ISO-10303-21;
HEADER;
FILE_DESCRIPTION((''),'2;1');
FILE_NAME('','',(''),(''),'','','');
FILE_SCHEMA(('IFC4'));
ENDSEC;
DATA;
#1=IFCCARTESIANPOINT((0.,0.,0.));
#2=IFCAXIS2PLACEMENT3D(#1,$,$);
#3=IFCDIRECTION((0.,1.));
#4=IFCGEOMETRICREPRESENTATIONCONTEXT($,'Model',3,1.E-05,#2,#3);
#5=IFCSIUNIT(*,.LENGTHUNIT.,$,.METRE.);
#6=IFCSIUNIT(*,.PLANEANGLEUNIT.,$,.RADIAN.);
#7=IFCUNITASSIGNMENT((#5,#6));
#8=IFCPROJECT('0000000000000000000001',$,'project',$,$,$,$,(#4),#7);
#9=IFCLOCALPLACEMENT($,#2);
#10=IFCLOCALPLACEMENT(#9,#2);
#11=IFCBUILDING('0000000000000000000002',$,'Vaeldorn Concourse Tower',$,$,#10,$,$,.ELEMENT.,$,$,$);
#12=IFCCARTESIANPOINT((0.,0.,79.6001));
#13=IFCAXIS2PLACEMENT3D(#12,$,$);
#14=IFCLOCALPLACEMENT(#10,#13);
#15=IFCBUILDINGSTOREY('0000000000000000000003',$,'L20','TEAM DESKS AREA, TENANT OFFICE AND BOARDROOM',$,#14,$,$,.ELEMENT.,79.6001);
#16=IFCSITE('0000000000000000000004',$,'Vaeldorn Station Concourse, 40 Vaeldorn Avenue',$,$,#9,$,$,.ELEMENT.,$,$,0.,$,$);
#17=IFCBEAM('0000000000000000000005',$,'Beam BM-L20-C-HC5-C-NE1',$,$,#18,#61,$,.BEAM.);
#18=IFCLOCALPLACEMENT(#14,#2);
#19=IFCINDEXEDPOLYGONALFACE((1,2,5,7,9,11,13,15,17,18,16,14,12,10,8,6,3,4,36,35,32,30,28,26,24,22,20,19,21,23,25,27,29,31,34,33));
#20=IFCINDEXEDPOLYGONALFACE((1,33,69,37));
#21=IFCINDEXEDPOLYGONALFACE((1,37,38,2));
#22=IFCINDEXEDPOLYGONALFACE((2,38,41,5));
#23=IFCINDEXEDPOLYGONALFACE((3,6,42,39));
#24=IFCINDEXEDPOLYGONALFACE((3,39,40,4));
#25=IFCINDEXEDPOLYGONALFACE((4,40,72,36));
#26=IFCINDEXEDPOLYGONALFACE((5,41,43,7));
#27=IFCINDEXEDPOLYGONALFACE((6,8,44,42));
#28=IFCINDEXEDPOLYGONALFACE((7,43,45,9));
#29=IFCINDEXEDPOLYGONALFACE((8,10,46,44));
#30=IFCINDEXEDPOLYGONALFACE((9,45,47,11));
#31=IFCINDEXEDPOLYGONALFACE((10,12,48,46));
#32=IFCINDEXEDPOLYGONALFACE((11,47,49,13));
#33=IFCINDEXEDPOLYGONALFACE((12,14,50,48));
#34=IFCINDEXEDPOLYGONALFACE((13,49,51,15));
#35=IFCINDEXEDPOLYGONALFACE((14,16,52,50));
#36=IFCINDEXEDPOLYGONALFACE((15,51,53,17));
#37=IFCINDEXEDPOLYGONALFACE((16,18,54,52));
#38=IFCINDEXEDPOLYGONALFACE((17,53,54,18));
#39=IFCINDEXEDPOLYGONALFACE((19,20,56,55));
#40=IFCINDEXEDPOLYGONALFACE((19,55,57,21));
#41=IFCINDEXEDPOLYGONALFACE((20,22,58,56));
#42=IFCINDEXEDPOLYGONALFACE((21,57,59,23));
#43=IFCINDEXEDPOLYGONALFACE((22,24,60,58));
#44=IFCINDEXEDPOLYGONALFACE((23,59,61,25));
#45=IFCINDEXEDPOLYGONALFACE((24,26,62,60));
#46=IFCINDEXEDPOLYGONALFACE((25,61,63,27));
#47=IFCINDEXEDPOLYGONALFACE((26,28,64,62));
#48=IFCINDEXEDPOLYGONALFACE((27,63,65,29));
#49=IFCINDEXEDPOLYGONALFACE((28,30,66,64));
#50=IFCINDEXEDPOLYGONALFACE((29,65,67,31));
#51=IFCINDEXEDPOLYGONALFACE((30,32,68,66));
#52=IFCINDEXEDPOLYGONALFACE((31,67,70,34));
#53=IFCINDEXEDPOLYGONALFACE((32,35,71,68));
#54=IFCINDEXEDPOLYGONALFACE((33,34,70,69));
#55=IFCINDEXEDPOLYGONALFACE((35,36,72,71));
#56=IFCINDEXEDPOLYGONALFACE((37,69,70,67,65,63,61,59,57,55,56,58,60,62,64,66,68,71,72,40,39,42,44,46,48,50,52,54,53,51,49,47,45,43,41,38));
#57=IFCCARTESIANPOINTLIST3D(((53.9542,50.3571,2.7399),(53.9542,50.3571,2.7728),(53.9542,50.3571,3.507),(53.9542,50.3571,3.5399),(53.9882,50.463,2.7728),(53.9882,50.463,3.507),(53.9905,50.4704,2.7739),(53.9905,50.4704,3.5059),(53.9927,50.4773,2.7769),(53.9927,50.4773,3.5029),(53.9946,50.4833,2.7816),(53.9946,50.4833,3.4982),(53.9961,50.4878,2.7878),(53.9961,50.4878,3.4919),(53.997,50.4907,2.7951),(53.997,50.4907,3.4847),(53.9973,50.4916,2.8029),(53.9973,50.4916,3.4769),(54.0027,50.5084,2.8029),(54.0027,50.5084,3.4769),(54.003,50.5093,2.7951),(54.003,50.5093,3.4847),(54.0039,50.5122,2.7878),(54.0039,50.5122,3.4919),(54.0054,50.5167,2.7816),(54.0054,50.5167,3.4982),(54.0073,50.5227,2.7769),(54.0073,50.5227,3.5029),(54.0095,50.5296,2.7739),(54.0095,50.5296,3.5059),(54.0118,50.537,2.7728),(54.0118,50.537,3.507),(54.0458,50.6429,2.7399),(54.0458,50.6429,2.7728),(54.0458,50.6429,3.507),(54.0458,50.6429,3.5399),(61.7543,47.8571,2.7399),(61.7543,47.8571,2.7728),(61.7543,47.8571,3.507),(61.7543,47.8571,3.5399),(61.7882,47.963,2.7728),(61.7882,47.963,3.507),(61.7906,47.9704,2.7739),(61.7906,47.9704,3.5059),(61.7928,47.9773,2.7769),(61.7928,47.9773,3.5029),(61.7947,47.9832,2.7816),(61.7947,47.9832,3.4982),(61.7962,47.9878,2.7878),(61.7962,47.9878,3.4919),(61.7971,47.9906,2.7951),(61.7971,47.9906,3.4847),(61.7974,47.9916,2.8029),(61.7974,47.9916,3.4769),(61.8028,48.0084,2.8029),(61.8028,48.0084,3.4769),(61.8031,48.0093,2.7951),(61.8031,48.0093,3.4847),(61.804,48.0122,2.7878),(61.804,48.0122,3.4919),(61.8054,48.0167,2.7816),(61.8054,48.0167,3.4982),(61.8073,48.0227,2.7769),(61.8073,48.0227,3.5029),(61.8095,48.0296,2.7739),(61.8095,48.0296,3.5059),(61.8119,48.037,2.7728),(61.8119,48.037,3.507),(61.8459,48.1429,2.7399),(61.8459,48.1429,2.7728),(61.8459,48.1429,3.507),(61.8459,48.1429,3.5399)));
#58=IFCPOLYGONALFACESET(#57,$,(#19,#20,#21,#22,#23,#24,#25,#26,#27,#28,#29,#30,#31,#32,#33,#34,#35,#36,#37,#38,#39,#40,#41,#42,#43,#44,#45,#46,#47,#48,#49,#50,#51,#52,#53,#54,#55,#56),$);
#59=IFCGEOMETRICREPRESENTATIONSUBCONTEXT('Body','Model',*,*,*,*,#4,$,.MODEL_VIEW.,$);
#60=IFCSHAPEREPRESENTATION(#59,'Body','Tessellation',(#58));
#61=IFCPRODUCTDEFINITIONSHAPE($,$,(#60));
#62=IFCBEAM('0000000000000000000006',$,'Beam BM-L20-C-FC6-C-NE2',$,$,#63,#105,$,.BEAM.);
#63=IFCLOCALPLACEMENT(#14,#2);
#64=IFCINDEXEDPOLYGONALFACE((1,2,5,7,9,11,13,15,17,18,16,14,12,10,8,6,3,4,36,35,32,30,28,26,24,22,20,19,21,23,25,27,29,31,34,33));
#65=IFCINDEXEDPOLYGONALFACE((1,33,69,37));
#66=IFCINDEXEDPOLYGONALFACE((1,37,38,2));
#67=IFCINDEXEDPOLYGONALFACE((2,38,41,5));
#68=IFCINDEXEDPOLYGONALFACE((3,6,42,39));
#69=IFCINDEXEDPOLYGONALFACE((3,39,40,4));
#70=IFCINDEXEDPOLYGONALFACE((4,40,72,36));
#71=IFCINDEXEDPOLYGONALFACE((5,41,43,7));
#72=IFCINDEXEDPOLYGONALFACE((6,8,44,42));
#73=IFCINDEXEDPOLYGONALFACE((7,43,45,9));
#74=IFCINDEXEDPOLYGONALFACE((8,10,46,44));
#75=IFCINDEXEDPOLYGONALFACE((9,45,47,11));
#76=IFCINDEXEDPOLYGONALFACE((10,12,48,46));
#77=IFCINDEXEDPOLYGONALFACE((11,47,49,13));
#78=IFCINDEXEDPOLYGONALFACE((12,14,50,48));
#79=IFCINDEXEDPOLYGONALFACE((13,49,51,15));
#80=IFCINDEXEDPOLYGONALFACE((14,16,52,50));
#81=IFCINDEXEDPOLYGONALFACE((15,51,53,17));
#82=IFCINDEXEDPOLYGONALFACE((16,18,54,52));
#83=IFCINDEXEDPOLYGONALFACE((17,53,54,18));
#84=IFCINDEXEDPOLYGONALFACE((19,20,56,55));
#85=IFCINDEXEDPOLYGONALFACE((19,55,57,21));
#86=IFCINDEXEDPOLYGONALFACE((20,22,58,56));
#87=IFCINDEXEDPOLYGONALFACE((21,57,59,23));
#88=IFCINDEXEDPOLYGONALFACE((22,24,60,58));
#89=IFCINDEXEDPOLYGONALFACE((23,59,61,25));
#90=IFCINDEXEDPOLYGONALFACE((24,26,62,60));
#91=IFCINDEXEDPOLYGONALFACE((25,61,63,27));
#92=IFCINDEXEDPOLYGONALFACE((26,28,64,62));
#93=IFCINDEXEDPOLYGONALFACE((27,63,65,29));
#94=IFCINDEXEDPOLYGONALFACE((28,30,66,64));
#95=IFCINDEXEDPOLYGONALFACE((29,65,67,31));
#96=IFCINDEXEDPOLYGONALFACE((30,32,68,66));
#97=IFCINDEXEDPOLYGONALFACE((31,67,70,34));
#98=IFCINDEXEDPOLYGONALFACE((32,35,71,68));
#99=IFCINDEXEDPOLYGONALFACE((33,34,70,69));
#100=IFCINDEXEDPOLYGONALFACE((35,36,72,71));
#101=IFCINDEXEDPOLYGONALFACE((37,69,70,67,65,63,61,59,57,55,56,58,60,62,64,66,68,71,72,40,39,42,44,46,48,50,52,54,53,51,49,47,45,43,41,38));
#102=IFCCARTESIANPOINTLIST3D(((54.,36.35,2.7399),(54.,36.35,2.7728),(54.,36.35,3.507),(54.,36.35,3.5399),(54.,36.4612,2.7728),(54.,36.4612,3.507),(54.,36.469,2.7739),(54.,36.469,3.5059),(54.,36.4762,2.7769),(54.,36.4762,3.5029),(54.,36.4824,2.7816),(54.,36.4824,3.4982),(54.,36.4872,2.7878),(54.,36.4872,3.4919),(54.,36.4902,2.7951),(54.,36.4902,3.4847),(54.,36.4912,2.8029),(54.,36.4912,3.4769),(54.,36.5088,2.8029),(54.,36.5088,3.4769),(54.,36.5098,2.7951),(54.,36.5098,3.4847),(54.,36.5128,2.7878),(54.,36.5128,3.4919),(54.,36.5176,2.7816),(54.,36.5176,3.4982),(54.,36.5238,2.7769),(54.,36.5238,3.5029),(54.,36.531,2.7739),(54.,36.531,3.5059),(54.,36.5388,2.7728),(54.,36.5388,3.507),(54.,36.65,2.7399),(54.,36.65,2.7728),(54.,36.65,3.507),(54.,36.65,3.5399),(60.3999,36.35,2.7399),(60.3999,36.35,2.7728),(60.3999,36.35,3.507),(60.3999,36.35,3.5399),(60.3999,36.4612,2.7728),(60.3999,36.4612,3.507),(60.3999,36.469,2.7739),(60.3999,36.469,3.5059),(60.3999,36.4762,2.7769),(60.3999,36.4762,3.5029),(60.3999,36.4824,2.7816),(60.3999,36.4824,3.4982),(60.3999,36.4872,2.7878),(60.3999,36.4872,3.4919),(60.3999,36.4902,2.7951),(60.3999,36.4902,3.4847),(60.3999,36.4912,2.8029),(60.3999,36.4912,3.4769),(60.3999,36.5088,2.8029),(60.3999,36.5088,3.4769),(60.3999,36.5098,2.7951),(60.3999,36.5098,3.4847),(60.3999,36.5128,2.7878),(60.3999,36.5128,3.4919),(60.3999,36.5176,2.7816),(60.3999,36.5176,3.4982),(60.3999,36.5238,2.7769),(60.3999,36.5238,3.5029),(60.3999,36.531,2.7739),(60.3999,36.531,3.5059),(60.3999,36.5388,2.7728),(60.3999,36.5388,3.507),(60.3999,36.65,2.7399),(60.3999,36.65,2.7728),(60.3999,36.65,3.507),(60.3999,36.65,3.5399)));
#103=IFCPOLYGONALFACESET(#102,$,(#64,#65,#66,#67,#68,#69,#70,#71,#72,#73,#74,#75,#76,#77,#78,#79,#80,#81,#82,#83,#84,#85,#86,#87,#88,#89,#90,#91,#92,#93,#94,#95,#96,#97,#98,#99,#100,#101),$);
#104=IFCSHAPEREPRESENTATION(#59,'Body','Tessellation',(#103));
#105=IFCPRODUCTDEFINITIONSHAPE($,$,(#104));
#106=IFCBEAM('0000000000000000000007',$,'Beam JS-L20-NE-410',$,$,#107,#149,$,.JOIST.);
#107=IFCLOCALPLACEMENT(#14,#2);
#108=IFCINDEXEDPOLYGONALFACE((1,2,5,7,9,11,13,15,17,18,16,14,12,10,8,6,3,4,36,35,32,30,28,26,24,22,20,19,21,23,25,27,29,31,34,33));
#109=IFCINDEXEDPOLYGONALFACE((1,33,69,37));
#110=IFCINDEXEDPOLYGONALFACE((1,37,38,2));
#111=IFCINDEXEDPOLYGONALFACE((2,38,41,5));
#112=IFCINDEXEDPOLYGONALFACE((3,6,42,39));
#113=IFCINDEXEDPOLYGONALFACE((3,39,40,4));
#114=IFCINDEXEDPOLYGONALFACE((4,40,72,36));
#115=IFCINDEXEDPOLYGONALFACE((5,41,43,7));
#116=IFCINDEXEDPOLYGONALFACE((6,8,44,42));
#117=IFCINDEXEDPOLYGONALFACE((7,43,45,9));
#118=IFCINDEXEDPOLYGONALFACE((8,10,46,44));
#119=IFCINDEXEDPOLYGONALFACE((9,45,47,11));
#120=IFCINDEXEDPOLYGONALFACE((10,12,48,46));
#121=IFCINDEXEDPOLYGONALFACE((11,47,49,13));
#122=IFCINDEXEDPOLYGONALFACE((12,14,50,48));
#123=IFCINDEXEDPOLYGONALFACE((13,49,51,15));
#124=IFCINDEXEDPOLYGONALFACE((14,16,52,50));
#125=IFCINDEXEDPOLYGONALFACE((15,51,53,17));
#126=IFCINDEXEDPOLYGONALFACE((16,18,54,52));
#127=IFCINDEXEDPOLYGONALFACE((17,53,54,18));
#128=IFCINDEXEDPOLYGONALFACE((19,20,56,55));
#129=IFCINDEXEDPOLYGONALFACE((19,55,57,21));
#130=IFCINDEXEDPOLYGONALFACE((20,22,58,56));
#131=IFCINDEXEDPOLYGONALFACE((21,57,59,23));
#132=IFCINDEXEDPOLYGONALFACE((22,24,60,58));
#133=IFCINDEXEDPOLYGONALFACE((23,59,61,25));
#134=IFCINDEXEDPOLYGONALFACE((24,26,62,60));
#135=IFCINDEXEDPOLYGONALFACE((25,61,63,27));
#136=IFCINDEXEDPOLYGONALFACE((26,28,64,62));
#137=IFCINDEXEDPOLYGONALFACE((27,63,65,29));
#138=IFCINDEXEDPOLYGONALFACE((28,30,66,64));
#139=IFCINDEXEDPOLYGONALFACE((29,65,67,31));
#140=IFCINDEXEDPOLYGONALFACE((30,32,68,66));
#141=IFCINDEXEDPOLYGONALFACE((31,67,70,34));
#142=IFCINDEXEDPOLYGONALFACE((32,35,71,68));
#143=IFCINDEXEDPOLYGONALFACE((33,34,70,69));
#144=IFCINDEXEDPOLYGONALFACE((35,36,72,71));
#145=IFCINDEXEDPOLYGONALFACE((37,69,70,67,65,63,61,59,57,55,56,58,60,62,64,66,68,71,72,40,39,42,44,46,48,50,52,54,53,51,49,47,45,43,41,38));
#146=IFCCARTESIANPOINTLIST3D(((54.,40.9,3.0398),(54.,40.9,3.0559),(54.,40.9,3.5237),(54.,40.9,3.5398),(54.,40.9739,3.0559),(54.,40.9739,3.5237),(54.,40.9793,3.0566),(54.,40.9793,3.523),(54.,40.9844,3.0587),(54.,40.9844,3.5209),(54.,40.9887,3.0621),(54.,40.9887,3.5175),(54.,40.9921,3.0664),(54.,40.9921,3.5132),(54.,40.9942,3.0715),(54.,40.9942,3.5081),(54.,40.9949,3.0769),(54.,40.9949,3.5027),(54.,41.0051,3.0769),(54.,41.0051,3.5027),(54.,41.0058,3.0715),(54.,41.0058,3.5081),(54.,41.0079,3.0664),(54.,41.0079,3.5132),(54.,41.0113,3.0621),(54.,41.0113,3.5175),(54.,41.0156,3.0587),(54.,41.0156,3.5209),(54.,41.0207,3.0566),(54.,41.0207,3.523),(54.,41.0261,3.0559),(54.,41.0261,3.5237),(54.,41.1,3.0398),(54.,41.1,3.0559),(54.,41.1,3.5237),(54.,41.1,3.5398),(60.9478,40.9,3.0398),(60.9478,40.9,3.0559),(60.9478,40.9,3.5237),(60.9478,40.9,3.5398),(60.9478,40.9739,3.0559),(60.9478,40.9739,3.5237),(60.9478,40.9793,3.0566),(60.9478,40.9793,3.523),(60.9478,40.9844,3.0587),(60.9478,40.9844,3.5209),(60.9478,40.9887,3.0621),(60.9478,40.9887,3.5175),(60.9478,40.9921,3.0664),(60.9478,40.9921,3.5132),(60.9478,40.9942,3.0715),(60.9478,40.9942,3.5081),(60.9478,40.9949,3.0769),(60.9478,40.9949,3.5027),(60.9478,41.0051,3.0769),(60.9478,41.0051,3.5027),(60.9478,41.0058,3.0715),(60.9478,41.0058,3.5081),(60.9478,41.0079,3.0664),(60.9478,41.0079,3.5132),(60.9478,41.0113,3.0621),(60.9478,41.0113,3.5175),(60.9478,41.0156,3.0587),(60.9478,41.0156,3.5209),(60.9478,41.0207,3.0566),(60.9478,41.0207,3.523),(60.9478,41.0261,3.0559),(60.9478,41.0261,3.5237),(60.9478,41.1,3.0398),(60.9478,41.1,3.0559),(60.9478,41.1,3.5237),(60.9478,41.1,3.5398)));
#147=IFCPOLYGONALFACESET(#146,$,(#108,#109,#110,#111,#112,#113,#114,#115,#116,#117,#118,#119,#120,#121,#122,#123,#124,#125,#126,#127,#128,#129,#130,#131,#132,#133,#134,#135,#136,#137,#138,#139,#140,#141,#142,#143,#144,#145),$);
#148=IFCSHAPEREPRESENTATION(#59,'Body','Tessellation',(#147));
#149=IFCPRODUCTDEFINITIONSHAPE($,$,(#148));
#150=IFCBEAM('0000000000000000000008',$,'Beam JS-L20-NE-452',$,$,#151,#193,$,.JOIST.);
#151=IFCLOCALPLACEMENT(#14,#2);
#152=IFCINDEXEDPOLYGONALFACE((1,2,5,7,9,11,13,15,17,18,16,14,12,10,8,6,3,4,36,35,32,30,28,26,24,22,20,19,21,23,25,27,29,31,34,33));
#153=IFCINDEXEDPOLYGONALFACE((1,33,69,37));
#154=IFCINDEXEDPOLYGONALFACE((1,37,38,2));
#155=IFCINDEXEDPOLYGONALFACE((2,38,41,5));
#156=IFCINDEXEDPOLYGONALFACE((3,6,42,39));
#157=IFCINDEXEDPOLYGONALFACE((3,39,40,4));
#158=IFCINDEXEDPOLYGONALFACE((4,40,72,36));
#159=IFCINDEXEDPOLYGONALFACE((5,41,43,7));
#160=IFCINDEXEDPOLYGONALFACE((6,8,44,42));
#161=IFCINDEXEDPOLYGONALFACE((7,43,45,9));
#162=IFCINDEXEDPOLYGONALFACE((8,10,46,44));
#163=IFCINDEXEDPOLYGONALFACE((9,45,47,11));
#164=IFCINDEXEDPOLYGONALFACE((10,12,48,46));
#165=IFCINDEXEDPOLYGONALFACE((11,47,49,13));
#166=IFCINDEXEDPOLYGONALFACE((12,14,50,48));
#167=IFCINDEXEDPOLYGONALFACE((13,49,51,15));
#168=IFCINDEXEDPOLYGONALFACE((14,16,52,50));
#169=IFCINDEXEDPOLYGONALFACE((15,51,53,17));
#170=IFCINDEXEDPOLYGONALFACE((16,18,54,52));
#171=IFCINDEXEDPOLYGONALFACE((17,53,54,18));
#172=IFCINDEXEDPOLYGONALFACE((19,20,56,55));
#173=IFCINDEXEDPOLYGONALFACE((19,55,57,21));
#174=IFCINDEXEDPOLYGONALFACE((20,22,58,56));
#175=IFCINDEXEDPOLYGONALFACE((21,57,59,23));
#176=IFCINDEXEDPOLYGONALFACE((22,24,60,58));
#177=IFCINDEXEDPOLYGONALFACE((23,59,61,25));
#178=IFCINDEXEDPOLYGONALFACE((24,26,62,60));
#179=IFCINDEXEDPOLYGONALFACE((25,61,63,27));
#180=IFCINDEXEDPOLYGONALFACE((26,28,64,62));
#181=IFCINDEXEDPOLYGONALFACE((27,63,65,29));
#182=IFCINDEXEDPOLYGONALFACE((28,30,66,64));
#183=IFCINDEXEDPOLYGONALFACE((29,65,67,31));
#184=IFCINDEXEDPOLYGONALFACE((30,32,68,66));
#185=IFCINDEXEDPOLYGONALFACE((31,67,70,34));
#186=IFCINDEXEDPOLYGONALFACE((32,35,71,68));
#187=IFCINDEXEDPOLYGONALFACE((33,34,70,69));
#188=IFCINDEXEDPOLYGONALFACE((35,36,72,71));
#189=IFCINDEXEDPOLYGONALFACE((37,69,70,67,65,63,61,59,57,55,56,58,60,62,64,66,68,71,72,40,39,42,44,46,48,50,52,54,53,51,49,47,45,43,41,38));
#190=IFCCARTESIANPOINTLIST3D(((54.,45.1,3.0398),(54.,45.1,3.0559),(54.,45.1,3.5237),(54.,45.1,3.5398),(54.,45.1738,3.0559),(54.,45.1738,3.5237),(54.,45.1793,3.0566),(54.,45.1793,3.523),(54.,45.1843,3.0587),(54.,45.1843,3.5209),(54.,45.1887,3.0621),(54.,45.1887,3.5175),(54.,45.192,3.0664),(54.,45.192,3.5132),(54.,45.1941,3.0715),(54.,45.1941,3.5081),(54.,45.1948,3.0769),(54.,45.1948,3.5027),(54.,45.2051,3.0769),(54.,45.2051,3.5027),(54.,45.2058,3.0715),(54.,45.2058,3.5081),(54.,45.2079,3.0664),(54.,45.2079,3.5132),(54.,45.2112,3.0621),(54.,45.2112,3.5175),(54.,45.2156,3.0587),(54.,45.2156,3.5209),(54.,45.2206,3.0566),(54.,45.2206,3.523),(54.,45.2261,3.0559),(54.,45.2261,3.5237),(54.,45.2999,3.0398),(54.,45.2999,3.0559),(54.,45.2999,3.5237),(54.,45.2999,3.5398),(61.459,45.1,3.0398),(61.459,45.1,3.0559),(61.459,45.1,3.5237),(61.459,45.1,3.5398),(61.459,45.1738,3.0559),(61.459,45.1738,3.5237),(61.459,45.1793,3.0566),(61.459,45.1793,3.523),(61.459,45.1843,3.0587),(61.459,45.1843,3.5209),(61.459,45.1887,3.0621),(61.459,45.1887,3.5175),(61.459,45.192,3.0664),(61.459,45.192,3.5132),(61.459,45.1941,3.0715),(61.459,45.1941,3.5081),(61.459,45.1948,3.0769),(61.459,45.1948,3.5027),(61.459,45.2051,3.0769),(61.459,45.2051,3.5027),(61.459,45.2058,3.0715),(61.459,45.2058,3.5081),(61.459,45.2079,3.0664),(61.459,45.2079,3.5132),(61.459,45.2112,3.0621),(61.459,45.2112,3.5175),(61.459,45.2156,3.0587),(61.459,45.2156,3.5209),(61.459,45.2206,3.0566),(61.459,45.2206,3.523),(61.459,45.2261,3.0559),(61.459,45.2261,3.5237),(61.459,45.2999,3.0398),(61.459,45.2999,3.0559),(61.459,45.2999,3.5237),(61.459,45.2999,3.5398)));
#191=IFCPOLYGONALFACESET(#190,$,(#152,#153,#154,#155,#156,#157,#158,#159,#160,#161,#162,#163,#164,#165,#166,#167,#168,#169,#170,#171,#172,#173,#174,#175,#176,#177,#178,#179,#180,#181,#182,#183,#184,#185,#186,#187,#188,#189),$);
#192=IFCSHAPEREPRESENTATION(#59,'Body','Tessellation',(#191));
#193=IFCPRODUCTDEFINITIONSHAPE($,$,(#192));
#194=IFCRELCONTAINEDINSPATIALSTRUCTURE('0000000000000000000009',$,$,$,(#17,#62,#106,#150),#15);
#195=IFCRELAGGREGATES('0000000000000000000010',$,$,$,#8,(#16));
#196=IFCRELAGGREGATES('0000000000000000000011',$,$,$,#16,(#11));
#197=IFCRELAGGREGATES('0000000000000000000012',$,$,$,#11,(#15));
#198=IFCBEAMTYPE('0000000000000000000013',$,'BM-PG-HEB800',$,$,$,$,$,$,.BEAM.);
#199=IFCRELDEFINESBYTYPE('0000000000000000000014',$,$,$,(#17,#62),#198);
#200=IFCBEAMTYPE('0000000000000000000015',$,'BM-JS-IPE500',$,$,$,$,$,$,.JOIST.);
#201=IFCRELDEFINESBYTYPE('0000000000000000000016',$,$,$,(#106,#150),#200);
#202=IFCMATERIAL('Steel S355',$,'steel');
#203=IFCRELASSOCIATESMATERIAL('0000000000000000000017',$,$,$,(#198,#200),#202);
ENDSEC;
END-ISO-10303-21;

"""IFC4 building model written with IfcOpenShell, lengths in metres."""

from ifc_helpers import new_model, si_unit, direction, frame, origin, origin_2d, place, context, subcontext, project, spatial, i_section, extrude, source, transform, mapped, material, material_profile, profile_set, type_object, element, save


model = new_model("IFC4")

# Units and contexts
model_context = context("Model", 3, precision=1e-05, world=origin(), true_north=direction((0.0, 1.0)))
body_context = subcontext(model_context, "Body", "Model", "MODEL_VIEW")
ifc_project = project(units=[si_unit("LENGTHUNIT", "METRE"), si_unit("PLANEANGLEUNIT", "RADIAN")], contexts=[model_context])

# Site, building, storey
site_placement = place(None, origin())
site = spatial("IfcSite", under=ifc_project, at=site_placement, Name="Vaeldorn Station Concourse, 40 Vaeldorn Avenue", CompositionType="ELEMENT", RefElevation=0.0)
building_placement = place(site_placement, origin())
building = spatial("IfcBuilding", under=site, at=building_placement, Name="Vaeldorn Concourse Tower", CompositionType="ELEMENT")
storey_placement = place(building_placement, frame((0.0, 0.0, 79.6001)))
storey = spatial("IfcBuildingStorey", under=building, at=storey_placement, Name="L20", Description="TEAM DESKS AREA, TENANT OFFICE AND BOARDROOM", CompositionType="ELEMENT", Elevation=79.6001)

# Beams
ifc_material_1 = material(Name="Steel S355", Category="steel")
ifc_material_profile_1 = material_profile(ifc_material_1, i_section(OverallWidth=0.3, OverallDepth=0.8, WebThickness=0.0176, FlangeThickness=0.033, FilletRadius=0.03, at=origin_2d()), Name="HEB 800")
ifc_profile_set_1 = profile_set([ifc_material_profile_1], Name="Steel S355")
beam_type_1 = type_object("IfcBeamType", Name="BM-PG-HEB800", PredefinedType="BEAM", material=ifc_profile_set_1)
shared_shape_1 = source(origin(), body_context, "Body", "SweptSolid", [
    extrude(i_section(OverallWidth=0.3, OverallDepth=0.8, WebThickness=0.0176, FlangeThickness=0.033, FilletRadius=0.03, at=origin_2d()), origin(), (0.0, 0.0, 1.0), 8.1909),
])
beam_1_placement = place(storey_placement, frame((54.0, 50.5, 3.1399), z_axis=(0.952283, -0.305217, 0.0), x_axis=(0.305217, 0.952283, 0.0)))
element("IfcBeam", 1, at=beam_1_placement, inside=storey, type_object=beam_type_1, Name="Beam BM-L20-C-HC5-C-NE1", PredefinedType="BEAM", context=body_context, shape_type="MappedRepresentation", body=[
    mapped(shared_shape_1, transform((0.0, 0.0, 0.0), scale=1.0)),
])
shared_shape_2 = source(origin(), body_context, "Body", "SweptSolid", [
    extrude(i_section(OverallWidth=0.3, OverallDepth=0.8, WebThickness=0.0176, FlangeThickness=0.033, FilletRadius=0.03, at=origin_2d()), origin(), (0.0, 0.0, 1.0), 6.3999),
])
beam_2_placement = place(storey_placement, frame((54.0, 36.5, 3.1399), z_axis=(1.0, 0.0, 0.0), x_axis=(0.0, 1.0, 0.0)))
element("IfcBeam", 2, at=beam_2_placement, inside=storey, type_object=beam_type_1, Name="Beam BM-L20-C-FC6-C-NE2", PredefinedType="BEAM", context=body_context, shape_type="MappedRepresentation", body=[
    mapped(shared_shape_2, transform((0.0, 0.0, 0.0), scale=1.0)),
])
ifc_material_profile_2 = material_profile(ifc_material_1, i_section(OverallWidth=0.2, OverallDepth=0.5, WebThickness=0.0103, FlangeThickness=0.0161, FilletRadius=0.021, at=origin_2d()), Name="IPE 500")
ifc_profile_set_2 = profile_set([ifc_material_profile_2], Name="Steel S355")
beam_type_2 = type_object("IfcBeamType", Name="BM-JS-IPE500", PredefinedType="JOIST", material=ifc_profile_set_2)
shared_shape_3 = source(origin(), body_context, "Body", "SweptSolid", [
    extrude(i_section(OverallWidth=0.2, OverallDepth=0.5, WebThickness=0.0103, FlangeThickness=0.0161, FilletRadius=0.021, at=origin_2d()), origin(), (0.0, 0.0, 1.0), 6.9478),
])
beam_3_placement = place(storey_placement, frame((54.0, 41.0, 3.2898), z_axis=(1.0, 0.0, 0.0), x_axis=(0.0, 1.0, 0.0)))
element("IfcBeam", 3, at=beam_3_placement, inside=storey, type_object=beam_type_2, Name="Beam JS-L20-NE-410", PredefinedType="JOIST", context=body_context, shape_type="MappedRepresentation", body=[
    mapped(shared_shape_3, transform((0.0, 0.0, 0.0), scale=1.0)),
])
shared_shape_4 = source(origin(), body_context, "Body", "SweptSolid", [
    extrude(i_section(OverallWidth=0.2, OverallDepth=0.5, WebThickness=0.0103, FlangeThickness=0.0161, FilletRadius=0.021, at=origin_2d()), origin(), (0.0, 0.0, 1.0), 7.459),
])
beam_4_placement = place(storey_placement, frame((54.0, 45.2, 3.2898), z_axis=(1.0, 0.0, 0.0), x_axis=(0.0, 1.0, 0.0)))
element("IfcBeam", 4, at=beam_4_placement, inside=storey, type_object=beam_type_2, Name="Beam JS-L20-NE-452", PredefinedType="JOIST", context=body_context, shape_type="MappedRepresentation", body=[
    mapped(shared_shape_4, transform((0.0, 0.0, 0.0), scale=1.0)),
])

save(model, "model.ifc")
